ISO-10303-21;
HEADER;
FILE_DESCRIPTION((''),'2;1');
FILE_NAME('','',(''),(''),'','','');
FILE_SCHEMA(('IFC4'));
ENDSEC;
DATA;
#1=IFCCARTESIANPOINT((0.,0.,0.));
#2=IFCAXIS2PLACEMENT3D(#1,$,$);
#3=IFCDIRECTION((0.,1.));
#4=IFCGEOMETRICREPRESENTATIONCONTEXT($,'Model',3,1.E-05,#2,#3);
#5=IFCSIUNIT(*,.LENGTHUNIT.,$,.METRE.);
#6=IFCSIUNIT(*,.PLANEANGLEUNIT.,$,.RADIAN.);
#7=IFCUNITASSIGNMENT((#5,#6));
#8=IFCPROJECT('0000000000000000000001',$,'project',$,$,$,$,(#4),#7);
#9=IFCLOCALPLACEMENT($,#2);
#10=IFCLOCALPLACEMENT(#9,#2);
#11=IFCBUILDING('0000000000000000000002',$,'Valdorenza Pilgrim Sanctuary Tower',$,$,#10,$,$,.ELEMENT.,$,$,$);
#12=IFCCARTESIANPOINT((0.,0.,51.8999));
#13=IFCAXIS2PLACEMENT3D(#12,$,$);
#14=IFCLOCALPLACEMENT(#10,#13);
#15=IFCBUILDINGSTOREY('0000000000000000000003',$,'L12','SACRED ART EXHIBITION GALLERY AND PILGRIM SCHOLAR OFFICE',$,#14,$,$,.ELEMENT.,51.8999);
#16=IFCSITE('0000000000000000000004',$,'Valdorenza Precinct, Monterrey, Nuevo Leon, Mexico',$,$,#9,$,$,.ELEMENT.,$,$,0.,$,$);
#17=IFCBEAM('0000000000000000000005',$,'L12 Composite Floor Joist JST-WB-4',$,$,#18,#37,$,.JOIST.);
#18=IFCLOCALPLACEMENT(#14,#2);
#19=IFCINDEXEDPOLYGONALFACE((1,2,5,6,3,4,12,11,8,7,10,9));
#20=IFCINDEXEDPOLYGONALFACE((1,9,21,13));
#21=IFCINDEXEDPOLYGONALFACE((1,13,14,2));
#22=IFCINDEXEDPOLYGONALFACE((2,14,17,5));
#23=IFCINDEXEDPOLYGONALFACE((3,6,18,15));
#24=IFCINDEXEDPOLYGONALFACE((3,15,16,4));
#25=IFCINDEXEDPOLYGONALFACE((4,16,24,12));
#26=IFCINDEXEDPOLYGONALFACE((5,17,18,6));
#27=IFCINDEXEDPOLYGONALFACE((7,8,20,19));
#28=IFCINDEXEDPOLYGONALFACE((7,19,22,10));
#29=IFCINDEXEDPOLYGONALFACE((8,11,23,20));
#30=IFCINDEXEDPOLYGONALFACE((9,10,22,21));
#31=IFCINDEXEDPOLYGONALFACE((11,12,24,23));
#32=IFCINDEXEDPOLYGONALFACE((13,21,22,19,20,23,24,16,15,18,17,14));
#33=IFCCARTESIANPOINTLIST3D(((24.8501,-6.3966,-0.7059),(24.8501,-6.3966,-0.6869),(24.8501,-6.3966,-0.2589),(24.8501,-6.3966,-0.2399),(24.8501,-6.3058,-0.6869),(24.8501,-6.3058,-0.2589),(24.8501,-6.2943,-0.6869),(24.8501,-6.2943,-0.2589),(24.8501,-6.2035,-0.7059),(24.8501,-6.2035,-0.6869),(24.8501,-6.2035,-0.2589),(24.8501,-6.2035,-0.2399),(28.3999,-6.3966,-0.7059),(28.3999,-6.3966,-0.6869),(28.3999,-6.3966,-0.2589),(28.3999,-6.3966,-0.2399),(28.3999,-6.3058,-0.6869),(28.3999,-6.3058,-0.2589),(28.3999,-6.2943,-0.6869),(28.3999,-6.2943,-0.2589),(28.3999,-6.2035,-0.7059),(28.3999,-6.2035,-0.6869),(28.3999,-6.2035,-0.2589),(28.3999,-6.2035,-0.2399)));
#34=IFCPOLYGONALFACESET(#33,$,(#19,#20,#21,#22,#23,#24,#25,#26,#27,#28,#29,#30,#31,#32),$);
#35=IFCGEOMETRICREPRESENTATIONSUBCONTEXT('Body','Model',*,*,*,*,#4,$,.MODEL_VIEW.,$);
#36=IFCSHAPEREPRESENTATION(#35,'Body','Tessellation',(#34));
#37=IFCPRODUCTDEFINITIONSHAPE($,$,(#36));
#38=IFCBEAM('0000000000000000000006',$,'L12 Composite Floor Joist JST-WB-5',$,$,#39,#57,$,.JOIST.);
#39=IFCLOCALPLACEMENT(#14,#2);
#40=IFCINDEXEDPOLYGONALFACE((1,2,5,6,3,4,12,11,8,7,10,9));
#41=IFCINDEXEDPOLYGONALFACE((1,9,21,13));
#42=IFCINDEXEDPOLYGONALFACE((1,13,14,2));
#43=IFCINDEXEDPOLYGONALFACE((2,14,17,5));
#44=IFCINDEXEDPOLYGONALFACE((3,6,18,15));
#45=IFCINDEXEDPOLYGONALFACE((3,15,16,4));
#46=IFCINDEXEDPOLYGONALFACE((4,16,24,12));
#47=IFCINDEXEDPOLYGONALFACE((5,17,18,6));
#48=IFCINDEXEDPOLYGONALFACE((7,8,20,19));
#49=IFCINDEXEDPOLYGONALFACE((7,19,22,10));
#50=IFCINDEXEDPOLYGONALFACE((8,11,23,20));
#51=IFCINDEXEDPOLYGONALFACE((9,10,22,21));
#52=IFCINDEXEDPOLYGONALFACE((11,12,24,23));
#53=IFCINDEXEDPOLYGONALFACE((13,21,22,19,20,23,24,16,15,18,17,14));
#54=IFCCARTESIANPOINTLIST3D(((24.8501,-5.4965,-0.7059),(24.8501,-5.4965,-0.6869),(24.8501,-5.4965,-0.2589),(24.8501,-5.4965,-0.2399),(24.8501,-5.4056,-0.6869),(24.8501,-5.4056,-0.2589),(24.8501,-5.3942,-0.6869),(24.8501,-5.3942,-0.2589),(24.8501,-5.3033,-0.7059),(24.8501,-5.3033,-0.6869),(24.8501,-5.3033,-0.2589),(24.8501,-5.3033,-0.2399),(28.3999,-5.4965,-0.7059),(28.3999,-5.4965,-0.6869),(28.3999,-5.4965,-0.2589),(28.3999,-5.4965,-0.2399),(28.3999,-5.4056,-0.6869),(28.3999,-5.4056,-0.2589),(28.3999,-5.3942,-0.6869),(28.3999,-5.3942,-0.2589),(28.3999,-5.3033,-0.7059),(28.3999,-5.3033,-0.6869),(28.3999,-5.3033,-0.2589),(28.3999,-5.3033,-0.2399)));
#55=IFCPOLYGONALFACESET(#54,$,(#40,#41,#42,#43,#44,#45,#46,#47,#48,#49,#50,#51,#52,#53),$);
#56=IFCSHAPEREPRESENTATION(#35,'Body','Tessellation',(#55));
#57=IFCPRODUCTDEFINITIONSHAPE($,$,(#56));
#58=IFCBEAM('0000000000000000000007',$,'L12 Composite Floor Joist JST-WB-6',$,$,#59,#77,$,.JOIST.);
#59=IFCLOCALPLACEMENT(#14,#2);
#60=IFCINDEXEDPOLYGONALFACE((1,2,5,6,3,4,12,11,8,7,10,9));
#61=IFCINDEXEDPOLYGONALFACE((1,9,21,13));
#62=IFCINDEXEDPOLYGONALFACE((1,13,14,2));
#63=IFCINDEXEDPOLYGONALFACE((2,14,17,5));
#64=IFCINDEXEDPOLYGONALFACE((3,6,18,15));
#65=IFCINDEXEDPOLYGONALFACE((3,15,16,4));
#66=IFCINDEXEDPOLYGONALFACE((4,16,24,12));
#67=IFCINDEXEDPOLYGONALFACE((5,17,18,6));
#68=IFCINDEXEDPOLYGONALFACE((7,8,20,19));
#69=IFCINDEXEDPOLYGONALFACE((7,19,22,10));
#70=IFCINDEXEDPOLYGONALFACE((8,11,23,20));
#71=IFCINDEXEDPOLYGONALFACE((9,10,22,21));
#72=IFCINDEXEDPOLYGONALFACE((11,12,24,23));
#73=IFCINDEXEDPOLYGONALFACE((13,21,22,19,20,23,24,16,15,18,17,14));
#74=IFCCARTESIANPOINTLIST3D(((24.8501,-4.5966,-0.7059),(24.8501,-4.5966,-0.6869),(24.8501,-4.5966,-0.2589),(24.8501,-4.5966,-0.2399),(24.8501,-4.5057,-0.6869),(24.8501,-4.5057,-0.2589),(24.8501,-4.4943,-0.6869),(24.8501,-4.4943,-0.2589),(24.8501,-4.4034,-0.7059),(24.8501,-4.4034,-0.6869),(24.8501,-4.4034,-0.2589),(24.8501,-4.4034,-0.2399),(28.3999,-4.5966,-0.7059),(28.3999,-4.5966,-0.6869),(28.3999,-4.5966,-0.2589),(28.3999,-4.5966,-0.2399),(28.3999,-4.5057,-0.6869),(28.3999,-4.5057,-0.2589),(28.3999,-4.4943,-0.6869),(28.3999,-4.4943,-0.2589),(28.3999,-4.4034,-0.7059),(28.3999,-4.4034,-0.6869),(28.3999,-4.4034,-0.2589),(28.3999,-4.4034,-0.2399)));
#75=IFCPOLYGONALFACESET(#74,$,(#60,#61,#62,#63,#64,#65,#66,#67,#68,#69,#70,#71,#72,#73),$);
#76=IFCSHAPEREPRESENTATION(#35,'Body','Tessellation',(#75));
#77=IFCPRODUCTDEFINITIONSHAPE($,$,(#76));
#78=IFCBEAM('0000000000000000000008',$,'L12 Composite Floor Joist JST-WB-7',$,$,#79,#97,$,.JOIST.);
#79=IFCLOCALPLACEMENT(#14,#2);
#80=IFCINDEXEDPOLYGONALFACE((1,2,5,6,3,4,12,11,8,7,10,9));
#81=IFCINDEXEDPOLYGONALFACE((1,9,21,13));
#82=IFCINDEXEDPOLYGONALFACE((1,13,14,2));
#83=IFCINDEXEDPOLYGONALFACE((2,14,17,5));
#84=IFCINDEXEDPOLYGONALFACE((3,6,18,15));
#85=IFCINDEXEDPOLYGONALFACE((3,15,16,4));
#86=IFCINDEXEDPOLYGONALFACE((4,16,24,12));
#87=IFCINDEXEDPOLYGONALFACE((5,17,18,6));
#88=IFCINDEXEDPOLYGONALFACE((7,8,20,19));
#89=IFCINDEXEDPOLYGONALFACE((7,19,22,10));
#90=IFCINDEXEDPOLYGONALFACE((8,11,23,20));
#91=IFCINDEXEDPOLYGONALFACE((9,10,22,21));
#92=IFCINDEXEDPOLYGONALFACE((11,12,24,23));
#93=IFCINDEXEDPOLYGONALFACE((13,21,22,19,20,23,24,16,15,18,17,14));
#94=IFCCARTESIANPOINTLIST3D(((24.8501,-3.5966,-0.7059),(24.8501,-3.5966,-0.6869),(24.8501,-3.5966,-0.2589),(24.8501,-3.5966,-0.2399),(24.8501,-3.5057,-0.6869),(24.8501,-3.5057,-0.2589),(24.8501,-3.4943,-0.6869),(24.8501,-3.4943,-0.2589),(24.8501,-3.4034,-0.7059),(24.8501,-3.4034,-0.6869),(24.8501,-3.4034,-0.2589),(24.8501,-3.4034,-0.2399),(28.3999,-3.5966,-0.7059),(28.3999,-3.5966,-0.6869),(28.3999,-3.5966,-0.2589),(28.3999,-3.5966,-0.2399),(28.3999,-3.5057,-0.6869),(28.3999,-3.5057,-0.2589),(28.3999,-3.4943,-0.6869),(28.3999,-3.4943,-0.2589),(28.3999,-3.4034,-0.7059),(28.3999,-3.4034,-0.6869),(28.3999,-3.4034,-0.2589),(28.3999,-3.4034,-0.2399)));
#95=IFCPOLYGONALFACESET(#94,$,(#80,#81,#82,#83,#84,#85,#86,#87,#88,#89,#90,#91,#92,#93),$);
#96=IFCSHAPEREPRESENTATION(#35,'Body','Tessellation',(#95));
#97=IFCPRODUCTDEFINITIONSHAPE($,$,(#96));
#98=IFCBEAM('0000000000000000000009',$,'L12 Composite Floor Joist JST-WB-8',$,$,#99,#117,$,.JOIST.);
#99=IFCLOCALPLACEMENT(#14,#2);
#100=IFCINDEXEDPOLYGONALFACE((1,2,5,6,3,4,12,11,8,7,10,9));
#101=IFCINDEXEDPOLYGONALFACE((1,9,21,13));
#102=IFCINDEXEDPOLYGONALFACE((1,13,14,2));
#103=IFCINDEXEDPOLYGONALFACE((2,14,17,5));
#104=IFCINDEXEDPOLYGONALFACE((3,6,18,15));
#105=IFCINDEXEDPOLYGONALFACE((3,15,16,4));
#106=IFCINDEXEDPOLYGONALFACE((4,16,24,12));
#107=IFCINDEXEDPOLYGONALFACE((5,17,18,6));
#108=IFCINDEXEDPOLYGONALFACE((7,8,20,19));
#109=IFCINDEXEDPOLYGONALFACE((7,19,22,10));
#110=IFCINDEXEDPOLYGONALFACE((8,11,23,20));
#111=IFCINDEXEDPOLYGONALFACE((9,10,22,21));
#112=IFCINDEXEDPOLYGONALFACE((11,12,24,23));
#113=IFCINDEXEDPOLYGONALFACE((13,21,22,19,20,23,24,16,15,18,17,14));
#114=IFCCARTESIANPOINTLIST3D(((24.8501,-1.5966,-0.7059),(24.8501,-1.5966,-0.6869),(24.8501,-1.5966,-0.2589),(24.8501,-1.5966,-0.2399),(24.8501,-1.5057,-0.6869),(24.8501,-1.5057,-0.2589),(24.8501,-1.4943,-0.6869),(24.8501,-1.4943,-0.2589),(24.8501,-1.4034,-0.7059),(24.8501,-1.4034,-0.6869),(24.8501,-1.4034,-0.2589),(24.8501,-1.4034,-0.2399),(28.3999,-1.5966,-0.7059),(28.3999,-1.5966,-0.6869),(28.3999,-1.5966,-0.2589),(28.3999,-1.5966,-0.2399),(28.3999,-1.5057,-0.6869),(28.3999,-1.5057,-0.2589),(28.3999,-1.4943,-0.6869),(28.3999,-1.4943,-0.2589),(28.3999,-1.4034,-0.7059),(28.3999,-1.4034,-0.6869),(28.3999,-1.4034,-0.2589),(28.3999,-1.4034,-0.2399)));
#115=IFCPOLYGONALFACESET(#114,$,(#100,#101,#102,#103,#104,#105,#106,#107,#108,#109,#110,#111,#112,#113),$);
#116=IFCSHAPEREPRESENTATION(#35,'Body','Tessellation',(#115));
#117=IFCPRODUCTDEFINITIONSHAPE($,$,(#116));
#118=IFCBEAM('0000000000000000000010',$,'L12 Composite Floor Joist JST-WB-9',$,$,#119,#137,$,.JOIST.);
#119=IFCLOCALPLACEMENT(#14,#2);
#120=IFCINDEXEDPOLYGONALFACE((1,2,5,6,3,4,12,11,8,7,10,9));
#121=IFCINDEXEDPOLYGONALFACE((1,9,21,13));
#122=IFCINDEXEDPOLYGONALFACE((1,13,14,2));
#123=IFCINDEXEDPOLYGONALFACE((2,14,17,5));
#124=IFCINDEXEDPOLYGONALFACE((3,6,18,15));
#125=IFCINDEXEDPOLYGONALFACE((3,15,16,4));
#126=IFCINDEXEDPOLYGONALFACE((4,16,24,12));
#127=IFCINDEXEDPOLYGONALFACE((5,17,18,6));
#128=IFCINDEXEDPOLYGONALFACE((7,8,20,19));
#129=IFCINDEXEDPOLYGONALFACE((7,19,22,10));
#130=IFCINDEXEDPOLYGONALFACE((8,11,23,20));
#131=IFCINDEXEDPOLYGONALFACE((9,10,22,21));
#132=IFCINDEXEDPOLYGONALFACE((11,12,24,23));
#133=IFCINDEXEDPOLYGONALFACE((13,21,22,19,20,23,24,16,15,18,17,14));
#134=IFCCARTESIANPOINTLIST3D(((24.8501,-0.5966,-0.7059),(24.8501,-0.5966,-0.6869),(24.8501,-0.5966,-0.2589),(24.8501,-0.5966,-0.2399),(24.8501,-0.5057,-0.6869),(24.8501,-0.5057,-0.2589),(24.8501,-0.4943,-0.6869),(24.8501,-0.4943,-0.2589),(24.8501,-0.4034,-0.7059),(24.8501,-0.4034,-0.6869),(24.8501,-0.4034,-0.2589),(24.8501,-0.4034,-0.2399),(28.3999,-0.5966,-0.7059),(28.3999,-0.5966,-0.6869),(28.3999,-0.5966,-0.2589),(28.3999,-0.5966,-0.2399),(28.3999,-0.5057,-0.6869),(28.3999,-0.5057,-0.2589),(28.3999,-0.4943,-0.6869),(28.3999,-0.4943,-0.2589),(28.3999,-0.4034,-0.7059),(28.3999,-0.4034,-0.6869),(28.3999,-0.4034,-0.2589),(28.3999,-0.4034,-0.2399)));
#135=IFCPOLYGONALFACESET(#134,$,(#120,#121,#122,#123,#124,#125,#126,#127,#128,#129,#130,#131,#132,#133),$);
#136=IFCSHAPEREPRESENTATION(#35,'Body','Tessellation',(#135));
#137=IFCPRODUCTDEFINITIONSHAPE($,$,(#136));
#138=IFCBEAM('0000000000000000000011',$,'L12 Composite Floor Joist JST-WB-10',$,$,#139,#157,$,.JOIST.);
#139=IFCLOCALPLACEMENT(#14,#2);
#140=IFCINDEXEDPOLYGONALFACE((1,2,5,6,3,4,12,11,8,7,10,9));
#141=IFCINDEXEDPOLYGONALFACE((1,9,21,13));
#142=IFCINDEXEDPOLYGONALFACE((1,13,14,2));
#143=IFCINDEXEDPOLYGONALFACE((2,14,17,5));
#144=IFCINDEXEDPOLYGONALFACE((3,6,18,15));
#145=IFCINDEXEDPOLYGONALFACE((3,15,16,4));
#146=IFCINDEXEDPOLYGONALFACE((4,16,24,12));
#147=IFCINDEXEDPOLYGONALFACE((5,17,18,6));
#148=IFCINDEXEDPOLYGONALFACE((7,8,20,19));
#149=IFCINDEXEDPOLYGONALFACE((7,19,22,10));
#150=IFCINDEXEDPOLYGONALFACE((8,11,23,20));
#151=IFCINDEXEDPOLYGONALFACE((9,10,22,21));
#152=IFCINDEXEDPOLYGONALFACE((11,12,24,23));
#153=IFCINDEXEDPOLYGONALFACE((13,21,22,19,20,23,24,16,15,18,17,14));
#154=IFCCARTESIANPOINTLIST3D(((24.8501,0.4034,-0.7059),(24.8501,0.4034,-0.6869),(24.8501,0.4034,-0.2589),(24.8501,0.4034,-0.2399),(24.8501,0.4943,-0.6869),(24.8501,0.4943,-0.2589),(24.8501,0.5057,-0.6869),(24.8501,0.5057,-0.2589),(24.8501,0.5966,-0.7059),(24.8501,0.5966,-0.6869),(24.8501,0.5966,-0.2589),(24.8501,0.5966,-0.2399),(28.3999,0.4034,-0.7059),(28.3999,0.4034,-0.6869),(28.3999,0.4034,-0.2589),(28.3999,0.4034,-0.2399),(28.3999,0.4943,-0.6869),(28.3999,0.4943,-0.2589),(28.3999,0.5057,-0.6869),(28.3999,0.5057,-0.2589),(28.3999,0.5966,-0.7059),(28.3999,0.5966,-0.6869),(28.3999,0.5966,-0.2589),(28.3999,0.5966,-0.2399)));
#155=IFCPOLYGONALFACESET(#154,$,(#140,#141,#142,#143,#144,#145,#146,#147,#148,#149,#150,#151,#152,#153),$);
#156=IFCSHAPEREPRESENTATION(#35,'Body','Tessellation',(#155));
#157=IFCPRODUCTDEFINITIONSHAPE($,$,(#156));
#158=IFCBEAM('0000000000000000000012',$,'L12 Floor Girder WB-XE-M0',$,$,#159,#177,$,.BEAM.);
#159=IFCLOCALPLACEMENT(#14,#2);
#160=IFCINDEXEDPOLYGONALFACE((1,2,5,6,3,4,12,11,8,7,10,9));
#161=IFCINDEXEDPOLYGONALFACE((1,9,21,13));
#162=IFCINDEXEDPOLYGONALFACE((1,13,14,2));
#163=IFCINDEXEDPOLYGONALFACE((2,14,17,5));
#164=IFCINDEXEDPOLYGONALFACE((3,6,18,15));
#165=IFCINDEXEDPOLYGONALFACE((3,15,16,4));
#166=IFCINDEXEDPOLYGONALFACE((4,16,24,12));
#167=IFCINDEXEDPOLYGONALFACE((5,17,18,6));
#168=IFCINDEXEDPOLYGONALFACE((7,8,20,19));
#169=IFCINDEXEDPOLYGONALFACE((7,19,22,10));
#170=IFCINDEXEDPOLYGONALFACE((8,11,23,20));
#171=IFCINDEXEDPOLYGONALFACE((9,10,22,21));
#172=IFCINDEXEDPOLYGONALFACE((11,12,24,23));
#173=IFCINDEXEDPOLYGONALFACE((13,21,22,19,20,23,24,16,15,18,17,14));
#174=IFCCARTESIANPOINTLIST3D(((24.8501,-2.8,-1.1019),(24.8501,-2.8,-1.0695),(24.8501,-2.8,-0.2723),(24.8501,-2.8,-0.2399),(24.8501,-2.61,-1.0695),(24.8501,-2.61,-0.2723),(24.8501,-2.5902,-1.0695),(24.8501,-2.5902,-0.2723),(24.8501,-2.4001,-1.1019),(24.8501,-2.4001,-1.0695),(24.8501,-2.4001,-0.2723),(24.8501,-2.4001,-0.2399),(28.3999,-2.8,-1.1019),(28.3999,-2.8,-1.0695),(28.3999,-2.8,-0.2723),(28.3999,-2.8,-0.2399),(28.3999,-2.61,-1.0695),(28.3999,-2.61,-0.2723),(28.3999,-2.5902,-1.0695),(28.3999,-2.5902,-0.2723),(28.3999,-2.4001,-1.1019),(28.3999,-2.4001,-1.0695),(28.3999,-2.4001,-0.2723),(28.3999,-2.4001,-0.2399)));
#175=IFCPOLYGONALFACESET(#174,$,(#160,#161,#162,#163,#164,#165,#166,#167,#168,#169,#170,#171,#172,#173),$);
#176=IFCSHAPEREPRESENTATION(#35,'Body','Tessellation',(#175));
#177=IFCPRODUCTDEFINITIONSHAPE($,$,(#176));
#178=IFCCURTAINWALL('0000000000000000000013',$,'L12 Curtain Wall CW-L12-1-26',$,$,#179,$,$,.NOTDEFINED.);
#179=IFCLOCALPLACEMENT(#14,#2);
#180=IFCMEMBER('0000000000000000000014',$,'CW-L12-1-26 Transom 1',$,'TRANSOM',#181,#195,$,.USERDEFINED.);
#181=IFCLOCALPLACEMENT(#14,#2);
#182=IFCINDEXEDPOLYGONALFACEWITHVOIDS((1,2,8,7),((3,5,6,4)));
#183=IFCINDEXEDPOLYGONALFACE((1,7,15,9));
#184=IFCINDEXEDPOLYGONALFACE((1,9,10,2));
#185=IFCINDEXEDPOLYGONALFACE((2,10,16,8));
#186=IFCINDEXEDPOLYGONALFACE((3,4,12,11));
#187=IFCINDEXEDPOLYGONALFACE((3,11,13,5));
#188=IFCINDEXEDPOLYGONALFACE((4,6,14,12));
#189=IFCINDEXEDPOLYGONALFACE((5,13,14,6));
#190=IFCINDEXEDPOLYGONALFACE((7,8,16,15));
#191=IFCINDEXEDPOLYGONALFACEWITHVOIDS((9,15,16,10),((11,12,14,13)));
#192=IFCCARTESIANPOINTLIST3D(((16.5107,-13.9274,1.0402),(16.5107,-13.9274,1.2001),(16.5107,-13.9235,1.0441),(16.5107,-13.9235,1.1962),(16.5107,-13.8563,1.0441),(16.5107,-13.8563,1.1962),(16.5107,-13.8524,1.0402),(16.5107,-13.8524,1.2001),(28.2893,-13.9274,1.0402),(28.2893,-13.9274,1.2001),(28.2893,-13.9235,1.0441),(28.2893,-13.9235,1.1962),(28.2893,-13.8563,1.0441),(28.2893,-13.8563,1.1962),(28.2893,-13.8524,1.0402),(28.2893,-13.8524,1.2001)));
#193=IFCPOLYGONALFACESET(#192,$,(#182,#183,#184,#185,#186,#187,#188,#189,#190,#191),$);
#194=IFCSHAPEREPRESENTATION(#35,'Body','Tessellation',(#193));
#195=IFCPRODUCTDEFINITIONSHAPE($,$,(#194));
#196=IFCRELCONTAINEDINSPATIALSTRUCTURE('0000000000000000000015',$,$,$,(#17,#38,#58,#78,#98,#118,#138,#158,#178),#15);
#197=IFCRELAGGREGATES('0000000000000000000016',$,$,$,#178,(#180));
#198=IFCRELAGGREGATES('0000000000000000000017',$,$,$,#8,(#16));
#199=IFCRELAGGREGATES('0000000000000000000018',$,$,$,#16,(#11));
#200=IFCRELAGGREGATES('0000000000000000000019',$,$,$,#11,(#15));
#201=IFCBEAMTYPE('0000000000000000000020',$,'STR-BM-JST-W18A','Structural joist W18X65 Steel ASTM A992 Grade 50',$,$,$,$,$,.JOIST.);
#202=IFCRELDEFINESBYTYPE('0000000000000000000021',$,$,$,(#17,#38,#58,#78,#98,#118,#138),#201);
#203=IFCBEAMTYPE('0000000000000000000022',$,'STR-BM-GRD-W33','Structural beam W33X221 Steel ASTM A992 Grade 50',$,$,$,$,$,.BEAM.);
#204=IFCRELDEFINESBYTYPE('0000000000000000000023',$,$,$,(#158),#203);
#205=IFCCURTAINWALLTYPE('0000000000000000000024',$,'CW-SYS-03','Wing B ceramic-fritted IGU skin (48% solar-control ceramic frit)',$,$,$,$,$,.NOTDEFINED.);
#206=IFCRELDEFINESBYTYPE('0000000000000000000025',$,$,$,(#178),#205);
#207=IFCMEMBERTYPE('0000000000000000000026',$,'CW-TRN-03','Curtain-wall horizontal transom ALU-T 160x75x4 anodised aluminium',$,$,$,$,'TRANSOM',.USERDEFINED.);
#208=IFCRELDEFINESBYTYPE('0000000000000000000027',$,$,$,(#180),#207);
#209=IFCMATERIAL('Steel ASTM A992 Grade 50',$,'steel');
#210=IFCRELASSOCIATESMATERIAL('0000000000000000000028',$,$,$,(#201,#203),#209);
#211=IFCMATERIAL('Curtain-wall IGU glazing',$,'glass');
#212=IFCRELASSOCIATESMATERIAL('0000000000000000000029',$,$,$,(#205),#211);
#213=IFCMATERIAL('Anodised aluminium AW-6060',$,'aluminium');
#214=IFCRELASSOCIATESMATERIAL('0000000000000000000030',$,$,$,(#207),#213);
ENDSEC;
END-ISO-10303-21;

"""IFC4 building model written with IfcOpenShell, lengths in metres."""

from ifc_helpers import new_model, si_unit, direction, frame, origin, origin_2d, place, context, subcontext, project, spatial, hollow_rectangle, i_section, extrude, source, transform, mapped, material, material_profile, profile_set, type_object, element, aggregate, save


model = new_model("IFC4")

# Units and contexts
model_context = context("Model", 3, precision=1e-05, world=origin(), true_north=direction((0.0, 1.0)))
body_context = subcontext(model_context, "Body", "Model", "MODEL_VIEW")
ifc_project = project(units=[si_unit("LENGTHUNIT", "METRE"), si_unit("PLANEANGLEUNIT", "RADIAN")], contexts=[model_context])

# Site, building, storey
site_placement = place(None, origin())
site = spatial("IfcSite", under=ifc_project, at=site_placement, Name="Valdorenza Precinct, Monterrey, Nuevo Leon, Mexico", CompositionType="ELEMENT", RefElevation=0.0)
building_placement = place(site_placement, origin())
building = spatial("IfcBuilding", under=site, at=building_placement, Name="Valdorenza Pilgrim Sanctuary Tower", CompositionType="ELEMENT")
storey_placement = place(building_placement, frame((0.0, 0.0, 51.8999)))
storey = spatial("IfcBuildingStorey", under=building, at=storey_placement, Name="L12", Description="SACRED ART EXHIBITION GALLERY AND PILGRIM SCHOLAR OFFICE", CompositionType="ELEMENT", Elevation=51.8999)

# Beams
ifc_material_1 = material(Name="Steel ASTM A992 Grade 50", Category="steel")
ifc_material_profile_1 = material_profile(ifc_material_1, i_section(OverallWidth=0.1931, OverallDepth=0.4661, WebThickness=0.0115, FlangeThickness=0.019, at=origin_2d()), Name="W18X65")
ifc_profile_set_1 = profile_set([ifc_material_profile_1], Name="Steel ASTM A992 Grade 50")
beam_type_1 = type_object("IfcBeamType", Name="STR-BM-JST-W18A", Description="Structural joist W18X65 Steel ASTM A992 Grade 50", PredefinedType="JOIST", material=ifc_profile_set_1)
shared_shape_1 = source(origin(), body_context, "Body", "SweptSolid", [
    extrude(i_section(OverallWidth=0.1931, OverallDepth=0.4661, WebThickness=0.0115, FlangeThickness=0.019, at=origin_2d()), origin(), (0.0, 0.0, 1.0), 3.5498),
])
for number, where, z_axis, x_axis, name in (
    (1, (24.8501, -6.3, -0.4729), (1.0, 0.0, 0.0), (0.0, 1.0, 0.0), "L12 Composite Floor Joist JST-WB-4"),
    (2, (24.8501, -5.3999, -0.4729), (1.0, 0.0, 0.0), (0.0, 1.0, 0.0), "L12 Composite Floor Joist JST-WB-5"),
    (3, (24.8501, -4.5, -0.4729), (1.0, 0.0, 0.0), (0.0, 1.0, 0.0), "L12 Composite Floor Joist JST-WB-6"),
    (4, (24.8501, -3.5, -0.4729), (1.0, 0.0, 0.0), (0.0, 1.0, 0.0), "L12 Composite Floor Joist JST-WB-7"),
    (5, (24.8501, -1.5, -0.4729), (1.0, 0.0, 0.0), (0.0, 1.0, 0.0), "L12 Composite Floor Joist JST-WB-8"),
    (6, (24.8501, -0.5, -0.4729), (1.0, 0.0, 0.0), (0.0, 1.0, 0.0), "L12 Composite Floor Joist JST-WB-9"),
    (7, (24.8501, 0.5, -0.4729), (1.0, 0.0, 0.0), (0.0, 1.0, 0.0), "L12 Composite Floor Joist JST-WB-10"),
):
    element("IfcBeam", number, at=place(storey_placement, frame(where, z_axis=z_axis, x_axis=x_axis)), inside=storey, type_object=beam_type_1, Name=name, PredefinedType="JOIST", context=body_context, shape_type="MappedRepresentation", body=[
        mapped(shared_shape_1, transform((0.0, 0.0, 0.0), x_axis=(1.0, 0.0, 0.0), y_axis=(0.0, 1.0, 0.0), z_axis=(0.0, 0.0, 1.0), scale=1.0)),
    ])
ifc_material_profile_2 = material_profile(ifc_material_1, i_section(OverallWidth=0.3999, OverallDepth=0.8621, WebThickness=0.0198, FlangeThickness=0.0325, at=origin_2d()), Name="W33X221")
ifc_profile_set_2 = profile_set([ifc_material_profile_2], Name="Steel ASTM A992 Grade 50")
beam_type_2 = type_object("IfcBeamType", Name="STR-BM-GRD-W33", Description="Structural beam W33X221 Steel ASTM A992 Grade 50", PredefinedType="BEAM", material=ifc_profile_set_2)
shared_shape_2 = source(origin(), body_context, "Body", "SweptSolid", [
    extrude(i_section(OverallWidth=0.3999, OverallDepth=0.8621, WebThickness=0.0198, FlangeThickness=0.0325, at=origin_2d()), origin(), (0.0, 0.0, 1.0), 3.5498),
])
beam_1_placement = place(storey_placement, frame((24.8501, -2.6001, -0.6709), z_axis=(1.0, 0.0, 0.0), x_axis=(0.0, 1.0, 0.0)))
element("IfcBeam", 8, at=beam_1_placement, inside=storey, type_object=beam_type_2, Name="L12 Floor Girder WB-XE-M0", PredefinedType="BEAM", context=body_context, shape_type="MappedRepresentation", body=[
    mapped(shared_shape_2, transform((0.0, 0.0, 0.0), x_axis=(1.0, 0.0, 0.0), y_axis=(0.0, 1.0, 0.0), z_axis=(0.0, 0.0, 1.0), scale=1.0)),
])

# Curtain wall, member
ifc_material_2 = material(Name="Curtain-wall IGU glazing", Category="glass")
curtain_wall_type = type_object("IfcCurtainWallType", Name="CW-SYS-03", Description="Wing B ceramic-fritted IGU skin (48% solar-control ceramic frit)", PredefinedType="NOTDEFINED", material=ifc_material_2)
curtain_wall_1_placement = place(storey_placement, origin())
curtain_wall_1 = element("IfcCurtainWall", 9, at=curtain_wall_1_placement, inside=storey, type_object=curtain_wall_type, Name="L12 Curtain Wall CW-L12-1-26", PredefinedType="NOTDEFINED")
ifc_material_3 = material(Name="Anodised aluminium AW-6060", Category="aluminium")
ifc_material_profile_3 = material_profile(ifc_material_3, hollow_rectangle(XDim=0.075, YDim=0.1599, WallThickness=0.0039, at=origin_2d()), Name="ALU-T 160x75x4")
ifc_profile_set_3 = profile_set([ifc_material_profile_3], Name="Anodised aluminium AW-6060")
member_type_1 = type_object("IfcMemberType", Name="CW-TRN-03", Description="Curtain-wall horizontal transom ALU-T 160x75x4 anodised aluminium", ElementType="TRANSOM", PredefinedType="USERDEFINED", material=ifc_profile_set_3)
shared_shape_3 = source(origin(), body_context, "Body", "SweptSolid", [
    extrude(hollow_rectangle(XDim=0.075, YDim=0.1599, WallThickness=0.0039, at=origin_2d()), origin(), (0.0, 0.0, 1.0), 11.7786),
])
member_1_placement = place(storey_placement, frame((28.2893, -13.8899, 1.1201), z_axis=(-1.0, 0.0, 0.0), x_axis=(0.0, -1.0, 0.0)))
member_1 = element("IfcMember", 10, at=member_1_placement, type_object=member_type_1, Name="CW-L12-1-26 Transom 1", ObjectType="TRANSOM", PredefinedType="USERDEFINED", context=body_context, shape_type="MappedRepresentation", body=[
    mapped(shared_shape_3, transform((0.0, 0.0, 0.0), x_axis=(1.0, 0.0, 0.0), y_axis=(0.0, 1.0, 0.0), z_axis=(0.0, 0.0, 1.0), scale=1.0)),
])

aggregate(curtain_wall_1, [member_1])

save(model, "model.ifc")
